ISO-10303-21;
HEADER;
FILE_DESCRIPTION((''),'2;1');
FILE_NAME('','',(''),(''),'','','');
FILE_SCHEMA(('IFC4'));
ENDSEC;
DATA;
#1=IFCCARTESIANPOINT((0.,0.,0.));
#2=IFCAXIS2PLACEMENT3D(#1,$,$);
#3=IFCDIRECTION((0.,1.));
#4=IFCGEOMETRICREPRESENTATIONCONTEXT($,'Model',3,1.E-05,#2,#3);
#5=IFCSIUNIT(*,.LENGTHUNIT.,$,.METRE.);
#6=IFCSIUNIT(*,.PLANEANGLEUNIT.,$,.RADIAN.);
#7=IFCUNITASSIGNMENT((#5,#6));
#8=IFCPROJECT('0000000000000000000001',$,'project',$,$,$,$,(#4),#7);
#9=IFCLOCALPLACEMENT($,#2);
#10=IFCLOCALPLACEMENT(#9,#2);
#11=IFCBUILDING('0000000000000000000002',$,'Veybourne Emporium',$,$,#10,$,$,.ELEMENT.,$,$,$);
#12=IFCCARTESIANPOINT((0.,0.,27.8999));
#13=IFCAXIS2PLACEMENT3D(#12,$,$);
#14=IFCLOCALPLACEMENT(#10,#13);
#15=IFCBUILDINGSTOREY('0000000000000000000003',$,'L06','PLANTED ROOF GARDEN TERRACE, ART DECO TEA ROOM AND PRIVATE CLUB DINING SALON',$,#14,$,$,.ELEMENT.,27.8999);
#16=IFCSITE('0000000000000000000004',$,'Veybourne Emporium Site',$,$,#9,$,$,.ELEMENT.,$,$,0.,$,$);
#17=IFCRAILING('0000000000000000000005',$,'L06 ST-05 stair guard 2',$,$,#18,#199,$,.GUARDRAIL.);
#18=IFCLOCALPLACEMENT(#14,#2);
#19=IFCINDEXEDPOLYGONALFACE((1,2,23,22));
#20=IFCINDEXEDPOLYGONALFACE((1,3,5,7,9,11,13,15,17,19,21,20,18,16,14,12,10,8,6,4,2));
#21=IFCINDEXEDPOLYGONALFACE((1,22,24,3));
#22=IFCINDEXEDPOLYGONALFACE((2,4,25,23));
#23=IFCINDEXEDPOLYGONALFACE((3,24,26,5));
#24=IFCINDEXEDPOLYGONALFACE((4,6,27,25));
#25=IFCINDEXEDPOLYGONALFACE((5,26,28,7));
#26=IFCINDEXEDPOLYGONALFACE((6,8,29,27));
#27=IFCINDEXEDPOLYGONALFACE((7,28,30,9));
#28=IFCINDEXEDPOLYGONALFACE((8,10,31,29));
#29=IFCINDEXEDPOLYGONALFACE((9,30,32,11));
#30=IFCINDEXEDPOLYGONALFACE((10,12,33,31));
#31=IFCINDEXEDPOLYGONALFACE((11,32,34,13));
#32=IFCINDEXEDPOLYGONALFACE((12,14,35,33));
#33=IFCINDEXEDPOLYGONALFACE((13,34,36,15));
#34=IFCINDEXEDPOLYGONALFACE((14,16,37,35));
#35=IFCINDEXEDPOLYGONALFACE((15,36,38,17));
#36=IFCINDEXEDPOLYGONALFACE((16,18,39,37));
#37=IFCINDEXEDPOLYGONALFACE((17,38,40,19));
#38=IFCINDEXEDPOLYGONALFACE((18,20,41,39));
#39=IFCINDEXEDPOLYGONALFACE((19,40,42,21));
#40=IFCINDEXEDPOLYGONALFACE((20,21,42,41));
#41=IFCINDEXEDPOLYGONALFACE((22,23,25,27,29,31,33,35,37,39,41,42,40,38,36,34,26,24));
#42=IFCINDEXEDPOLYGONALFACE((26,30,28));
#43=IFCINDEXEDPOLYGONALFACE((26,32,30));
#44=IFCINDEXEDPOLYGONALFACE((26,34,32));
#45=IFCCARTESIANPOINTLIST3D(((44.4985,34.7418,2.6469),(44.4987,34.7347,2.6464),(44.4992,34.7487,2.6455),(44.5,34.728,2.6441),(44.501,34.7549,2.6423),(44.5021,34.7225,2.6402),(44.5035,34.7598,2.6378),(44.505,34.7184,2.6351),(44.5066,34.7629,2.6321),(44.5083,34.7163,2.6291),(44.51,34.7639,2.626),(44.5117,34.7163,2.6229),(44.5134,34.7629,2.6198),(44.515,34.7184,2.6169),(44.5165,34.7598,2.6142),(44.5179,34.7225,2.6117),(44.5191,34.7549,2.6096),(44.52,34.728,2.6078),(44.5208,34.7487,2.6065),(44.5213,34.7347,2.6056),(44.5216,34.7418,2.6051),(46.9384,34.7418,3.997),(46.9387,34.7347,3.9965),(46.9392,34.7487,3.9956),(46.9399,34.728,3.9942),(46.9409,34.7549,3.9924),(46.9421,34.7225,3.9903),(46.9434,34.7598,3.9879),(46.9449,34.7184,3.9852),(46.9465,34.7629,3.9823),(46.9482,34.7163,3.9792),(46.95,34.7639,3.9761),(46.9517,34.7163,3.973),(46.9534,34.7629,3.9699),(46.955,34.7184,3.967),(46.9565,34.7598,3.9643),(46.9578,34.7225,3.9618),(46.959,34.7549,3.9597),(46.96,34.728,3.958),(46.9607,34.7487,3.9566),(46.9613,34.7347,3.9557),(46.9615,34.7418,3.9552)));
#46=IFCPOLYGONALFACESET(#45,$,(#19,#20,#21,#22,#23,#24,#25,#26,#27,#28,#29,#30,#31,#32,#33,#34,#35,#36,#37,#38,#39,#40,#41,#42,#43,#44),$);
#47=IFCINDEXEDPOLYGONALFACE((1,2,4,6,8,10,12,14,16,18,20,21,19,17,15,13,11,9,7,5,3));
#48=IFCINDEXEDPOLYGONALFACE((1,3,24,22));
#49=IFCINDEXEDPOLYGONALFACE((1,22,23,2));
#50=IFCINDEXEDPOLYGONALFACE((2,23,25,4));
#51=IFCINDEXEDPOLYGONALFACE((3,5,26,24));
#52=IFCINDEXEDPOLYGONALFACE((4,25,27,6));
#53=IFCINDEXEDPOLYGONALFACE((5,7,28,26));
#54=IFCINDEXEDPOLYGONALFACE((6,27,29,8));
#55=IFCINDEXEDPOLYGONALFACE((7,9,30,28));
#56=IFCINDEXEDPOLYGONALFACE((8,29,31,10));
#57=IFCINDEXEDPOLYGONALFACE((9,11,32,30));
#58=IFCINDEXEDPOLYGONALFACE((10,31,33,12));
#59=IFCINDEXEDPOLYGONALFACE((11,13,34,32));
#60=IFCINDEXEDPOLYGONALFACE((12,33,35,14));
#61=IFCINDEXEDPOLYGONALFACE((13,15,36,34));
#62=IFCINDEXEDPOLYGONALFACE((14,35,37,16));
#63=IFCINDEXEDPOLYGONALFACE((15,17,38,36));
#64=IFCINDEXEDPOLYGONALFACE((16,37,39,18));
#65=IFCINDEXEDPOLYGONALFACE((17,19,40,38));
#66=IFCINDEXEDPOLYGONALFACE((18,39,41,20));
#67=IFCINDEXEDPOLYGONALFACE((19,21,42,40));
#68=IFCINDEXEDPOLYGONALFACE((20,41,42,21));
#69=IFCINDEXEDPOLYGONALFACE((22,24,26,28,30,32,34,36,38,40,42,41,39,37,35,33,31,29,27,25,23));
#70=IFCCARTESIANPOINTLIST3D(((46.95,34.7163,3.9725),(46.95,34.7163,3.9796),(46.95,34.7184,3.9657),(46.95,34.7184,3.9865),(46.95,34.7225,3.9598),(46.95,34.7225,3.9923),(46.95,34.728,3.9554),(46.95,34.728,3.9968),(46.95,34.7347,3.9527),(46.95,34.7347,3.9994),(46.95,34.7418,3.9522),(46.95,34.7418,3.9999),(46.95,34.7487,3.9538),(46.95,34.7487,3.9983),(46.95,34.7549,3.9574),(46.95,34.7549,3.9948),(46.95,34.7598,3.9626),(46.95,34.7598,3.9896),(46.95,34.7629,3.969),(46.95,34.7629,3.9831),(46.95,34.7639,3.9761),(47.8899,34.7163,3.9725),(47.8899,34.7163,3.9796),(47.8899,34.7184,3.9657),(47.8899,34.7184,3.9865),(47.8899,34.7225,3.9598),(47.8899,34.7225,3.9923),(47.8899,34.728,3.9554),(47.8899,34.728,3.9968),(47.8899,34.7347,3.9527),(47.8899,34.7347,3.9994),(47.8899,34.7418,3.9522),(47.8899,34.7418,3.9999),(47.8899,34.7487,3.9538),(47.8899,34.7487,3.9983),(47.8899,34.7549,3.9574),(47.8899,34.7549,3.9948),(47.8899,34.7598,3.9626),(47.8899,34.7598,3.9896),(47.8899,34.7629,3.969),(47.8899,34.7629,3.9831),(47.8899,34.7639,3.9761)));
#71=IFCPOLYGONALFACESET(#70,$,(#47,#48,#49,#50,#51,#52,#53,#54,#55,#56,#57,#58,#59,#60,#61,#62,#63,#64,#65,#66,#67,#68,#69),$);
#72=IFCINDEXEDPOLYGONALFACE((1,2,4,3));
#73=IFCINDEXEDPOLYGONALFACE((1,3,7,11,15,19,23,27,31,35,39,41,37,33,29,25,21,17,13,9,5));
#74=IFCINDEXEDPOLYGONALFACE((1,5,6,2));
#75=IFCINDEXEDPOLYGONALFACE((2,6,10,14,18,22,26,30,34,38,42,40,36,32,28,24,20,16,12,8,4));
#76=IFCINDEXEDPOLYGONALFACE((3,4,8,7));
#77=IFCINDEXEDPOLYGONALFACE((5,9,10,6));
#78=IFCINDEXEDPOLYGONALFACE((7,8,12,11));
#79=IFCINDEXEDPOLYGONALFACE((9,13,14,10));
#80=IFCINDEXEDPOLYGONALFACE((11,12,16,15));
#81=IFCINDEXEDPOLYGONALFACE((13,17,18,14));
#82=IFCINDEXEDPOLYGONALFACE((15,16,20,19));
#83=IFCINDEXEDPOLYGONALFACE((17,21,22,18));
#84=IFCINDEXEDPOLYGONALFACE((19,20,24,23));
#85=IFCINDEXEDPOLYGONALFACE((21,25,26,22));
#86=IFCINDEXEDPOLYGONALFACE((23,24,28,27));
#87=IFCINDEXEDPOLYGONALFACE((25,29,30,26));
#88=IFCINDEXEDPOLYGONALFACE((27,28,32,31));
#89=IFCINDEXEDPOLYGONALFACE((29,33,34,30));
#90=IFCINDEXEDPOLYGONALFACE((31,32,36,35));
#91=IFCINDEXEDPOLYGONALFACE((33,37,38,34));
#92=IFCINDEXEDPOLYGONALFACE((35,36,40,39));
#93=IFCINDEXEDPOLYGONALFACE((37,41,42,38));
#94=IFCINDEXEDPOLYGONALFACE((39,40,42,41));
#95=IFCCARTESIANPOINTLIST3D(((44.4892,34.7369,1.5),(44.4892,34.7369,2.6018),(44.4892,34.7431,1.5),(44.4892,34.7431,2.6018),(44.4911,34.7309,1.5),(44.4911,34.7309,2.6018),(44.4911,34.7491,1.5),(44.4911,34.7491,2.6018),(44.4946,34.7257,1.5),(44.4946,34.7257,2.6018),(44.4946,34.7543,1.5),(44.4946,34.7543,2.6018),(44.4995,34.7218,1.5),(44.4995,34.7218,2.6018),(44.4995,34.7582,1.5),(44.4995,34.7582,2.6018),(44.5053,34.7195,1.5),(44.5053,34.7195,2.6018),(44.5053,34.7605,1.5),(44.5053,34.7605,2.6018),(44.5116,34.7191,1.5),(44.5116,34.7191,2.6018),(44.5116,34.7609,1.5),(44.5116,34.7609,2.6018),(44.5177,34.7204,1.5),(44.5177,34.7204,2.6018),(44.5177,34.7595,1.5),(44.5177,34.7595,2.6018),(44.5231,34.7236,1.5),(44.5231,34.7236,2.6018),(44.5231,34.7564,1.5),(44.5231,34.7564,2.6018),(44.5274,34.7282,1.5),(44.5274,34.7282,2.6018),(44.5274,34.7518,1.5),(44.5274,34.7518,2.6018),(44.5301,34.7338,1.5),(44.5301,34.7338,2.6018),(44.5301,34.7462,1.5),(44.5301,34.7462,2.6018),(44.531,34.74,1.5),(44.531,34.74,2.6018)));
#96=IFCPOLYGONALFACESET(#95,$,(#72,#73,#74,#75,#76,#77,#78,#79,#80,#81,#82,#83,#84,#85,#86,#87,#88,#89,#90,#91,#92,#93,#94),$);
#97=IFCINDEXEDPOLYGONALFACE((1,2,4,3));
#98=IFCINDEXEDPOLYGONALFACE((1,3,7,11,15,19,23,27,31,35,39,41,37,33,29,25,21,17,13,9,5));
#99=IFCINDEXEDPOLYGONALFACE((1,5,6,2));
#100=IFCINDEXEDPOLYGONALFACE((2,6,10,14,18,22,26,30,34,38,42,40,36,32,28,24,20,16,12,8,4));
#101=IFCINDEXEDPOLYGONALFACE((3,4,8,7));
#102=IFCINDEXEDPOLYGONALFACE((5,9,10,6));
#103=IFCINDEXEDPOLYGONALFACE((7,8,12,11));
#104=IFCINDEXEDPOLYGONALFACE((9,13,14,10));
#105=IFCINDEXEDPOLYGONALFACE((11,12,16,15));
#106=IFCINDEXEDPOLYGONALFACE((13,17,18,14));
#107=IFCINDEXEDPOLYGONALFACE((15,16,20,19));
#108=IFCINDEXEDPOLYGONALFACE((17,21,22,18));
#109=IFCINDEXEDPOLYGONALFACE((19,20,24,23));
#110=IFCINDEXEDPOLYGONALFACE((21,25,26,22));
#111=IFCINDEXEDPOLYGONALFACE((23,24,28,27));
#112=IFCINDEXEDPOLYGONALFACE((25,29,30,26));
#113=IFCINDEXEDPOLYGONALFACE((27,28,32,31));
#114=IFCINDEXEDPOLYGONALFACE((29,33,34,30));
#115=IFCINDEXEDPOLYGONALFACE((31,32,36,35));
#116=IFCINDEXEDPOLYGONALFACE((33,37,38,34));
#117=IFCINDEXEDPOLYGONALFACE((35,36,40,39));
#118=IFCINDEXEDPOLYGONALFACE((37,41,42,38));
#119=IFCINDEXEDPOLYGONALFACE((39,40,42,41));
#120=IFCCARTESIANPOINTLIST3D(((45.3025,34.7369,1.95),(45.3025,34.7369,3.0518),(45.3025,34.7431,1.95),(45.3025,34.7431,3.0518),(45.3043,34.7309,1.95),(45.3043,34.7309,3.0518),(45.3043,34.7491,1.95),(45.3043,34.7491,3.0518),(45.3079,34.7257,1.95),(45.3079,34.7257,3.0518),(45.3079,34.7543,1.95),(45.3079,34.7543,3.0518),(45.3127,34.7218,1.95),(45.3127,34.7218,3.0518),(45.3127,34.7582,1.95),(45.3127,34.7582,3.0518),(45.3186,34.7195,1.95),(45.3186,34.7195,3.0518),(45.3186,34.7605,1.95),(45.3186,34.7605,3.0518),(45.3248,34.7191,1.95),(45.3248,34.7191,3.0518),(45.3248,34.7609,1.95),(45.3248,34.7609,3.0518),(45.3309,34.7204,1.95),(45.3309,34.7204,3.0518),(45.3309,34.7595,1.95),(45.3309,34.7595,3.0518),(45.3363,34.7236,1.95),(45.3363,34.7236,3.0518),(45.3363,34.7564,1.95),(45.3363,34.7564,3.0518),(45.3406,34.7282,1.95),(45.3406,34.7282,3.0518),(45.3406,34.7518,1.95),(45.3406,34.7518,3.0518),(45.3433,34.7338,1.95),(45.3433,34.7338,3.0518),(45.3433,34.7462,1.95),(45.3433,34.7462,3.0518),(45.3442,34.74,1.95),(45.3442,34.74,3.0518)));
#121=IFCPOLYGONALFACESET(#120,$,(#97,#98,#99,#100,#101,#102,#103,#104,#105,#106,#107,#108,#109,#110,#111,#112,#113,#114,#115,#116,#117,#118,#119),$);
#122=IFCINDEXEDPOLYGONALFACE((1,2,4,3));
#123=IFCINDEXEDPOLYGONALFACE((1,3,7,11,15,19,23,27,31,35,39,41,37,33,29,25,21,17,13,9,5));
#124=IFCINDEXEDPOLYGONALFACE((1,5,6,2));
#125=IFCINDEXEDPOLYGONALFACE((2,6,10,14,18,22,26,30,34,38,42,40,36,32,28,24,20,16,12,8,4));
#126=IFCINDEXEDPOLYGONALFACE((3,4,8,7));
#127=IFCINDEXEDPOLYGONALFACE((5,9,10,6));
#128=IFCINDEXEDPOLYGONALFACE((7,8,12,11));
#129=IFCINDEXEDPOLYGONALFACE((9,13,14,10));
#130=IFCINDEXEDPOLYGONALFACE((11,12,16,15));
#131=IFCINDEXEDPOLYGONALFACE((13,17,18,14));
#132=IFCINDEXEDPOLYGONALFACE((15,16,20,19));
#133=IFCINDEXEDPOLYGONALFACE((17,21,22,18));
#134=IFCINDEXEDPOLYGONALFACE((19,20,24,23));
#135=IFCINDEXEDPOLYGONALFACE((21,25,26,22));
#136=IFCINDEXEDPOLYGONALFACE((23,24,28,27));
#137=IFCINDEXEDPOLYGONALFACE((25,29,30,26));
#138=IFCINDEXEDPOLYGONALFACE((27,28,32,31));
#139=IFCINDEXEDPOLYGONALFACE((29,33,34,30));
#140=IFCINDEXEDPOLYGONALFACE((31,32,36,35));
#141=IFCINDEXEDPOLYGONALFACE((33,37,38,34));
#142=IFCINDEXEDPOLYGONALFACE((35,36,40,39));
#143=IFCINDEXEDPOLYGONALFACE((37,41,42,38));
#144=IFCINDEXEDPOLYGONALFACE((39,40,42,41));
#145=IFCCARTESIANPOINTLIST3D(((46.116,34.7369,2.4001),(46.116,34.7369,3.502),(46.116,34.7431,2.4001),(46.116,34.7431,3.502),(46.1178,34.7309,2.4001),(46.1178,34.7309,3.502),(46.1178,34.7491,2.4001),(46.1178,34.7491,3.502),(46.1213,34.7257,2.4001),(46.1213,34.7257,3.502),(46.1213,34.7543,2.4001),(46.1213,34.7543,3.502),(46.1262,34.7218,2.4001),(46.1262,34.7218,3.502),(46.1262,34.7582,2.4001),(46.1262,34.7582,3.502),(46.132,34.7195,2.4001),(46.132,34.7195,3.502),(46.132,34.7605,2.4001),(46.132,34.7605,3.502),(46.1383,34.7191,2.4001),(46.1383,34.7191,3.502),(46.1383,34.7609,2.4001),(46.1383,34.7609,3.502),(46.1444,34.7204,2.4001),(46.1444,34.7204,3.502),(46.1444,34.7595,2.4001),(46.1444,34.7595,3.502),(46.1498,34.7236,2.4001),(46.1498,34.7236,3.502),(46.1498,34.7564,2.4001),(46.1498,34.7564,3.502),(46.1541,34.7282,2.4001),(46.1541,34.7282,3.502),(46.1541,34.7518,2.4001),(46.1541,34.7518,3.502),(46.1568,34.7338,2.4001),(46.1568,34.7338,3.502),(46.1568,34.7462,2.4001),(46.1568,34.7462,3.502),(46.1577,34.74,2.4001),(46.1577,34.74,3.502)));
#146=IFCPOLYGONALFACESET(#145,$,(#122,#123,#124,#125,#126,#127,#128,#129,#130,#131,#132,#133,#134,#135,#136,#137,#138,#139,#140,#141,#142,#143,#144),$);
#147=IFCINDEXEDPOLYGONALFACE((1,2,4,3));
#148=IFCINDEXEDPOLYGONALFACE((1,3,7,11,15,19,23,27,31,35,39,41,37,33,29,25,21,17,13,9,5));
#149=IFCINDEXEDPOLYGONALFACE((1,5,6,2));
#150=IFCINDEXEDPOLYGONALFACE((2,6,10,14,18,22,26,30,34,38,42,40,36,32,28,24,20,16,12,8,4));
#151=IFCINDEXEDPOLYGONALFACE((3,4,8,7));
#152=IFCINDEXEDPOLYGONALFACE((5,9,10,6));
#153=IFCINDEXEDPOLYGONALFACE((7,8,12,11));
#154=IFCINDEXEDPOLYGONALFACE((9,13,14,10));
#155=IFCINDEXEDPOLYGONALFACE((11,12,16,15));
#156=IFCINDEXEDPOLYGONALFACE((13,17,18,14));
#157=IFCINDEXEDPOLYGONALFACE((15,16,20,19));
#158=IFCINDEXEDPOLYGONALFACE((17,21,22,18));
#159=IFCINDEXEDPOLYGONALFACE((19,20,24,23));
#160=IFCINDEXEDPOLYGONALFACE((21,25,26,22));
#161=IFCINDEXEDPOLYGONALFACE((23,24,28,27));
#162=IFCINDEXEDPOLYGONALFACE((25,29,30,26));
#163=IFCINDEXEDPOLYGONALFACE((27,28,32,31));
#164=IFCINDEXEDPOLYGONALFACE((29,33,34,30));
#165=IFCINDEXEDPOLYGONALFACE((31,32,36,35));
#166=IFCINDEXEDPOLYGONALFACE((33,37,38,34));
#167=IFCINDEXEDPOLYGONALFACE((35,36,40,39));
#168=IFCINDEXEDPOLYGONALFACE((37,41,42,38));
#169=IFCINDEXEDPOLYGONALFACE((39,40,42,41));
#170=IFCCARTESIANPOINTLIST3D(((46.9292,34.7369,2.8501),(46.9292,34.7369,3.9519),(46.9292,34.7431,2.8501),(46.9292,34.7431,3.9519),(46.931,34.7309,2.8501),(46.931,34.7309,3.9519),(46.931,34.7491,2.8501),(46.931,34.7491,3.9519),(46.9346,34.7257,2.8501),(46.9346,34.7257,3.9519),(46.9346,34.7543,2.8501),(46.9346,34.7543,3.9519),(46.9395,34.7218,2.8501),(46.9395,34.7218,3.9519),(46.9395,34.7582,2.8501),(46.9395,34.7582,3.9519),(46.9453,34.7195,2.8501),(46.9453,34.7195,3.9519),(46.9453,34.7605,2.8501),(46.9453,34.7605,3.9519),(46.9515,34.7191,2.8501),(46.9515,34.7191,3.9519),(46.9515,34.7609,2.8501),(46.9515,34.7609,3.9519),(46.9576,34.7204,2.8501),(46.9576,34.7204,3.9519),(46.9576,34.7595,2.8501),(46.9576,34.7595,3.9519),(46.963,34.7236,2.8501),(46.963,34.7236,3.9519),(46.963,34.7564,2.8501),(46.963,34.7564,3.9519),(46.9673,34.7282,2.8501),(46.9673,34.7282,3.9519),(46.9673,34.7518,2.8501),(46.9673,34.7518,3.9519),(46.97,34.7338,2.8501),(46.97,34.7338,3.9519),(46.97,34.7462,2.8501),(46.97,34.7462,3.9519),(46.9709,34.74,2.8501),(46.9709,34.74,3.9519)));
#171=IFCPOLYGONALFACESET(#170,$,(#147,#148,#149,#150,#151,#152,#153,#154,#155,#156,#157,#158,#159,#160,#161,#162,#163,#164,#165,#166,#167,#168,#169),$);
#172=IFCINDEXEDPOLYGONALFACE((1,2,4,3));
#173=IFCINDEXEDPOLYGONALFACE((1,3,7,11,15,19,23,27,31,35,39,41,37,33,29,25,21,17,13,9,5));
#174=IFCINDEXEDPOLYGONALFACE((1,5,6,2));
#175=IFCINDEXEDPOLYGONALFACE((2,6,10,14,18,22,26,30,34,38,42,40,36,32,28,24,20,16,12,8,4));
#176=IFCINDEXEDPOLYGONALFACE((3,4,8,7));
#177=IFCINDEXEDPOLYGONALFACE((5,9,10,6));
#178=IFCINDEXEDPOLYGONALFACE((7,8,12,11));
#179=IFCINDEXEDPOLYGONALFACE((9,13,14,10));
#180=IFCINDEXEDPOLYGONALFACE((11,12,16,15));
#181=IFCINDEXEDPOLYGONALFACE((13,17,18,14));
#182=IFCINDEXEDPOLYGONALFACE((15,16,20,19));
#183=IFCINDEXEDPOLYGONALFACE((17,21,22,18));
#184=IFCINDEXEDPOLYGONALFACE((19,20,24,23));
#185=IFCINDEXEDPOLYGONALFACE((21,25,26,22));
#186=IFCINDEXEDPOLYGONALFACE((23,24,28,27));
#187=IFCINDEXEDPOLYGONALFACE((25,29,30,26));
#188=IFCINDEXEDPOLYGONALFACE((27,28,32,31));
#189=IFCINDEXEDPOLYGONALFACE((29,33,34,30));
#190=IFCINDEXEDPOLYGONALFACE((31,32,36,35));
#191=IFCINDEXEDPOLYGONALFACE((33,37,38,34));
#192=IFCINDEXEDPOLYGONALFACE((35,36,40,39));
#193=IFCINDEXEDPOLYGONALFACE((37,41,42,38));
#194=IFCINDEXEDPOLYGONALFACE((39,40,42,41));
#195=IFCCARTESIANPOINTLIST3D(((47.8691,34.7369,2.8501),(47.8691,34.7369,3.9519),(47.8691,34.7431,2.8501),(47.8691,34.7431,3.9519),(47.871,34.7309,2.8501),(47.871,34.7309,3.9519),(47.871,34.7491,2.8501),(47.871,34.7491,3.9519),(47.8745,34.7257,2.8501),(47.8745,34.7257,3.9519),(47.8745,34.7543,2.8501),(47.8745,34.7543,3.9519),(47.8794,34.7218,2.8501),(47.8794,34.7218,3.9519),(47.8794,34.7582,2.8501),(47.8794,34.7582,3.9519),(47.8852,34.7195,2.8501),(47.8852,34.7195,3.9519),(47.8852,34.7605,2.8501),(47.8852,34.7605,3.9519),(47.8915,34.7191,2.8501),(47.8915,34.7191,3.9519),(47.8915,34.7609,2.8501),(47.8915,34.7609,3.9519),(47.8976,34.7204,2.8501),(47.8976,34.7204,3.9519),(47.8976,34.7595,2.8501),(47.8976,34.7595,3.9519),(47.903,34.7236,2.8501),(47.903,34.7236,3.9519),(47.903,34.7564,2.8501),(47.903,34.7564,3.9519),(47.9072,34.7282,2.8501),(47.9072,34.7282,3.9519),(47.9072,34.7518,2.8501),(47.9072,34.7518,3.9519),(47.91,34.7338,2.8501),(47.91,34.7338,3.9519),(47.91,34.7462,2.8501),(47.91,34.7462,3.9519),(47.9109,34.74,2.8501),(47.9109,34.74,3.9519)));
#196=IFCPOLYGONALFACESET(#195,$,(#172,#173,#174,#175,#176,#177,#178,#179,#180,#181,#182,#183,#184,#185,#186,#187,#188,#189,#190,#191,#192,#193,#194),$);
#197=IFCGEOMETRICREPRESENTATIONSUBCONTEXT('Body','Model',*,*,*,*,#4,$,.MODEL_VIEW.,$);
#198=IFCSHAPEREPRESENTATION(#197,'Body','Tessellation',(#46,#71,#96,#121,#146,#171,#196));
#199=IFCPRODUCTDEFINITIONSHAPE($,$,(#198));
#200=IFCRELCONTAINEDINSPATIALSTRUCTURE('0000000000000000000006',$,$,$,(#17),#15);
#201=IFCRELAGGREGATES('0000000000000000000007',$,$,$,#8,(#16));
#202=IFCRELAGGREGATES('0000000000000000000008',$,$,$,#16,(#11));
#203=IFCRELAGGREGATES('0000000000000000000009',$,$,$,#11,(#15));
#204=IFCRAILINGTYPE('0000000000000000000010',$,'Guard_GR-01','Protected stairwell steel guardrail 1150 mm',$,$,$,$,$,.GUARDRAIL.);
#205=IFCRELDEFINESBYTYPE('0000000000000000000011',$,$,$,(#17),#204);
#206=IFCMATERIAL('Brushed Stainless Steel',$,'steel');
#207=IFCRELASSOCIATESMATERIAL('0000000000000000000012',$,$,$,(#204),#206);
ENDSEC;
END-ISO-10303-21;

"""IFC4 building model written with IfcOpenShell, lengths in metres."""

from ifc_helpers import new_model, si_unit, direction, frame, origin, origin_2d, place, context, subcontext, project, spatial, circle, extrude, material, type_object, element, save


model = new_model("IFC4")

# Units and contexts
model_context = context("Model", 3, precision=1e-05, world=origin(), true_north=direction((0.0, 1.0)))
body_context = subcontext(model_context, "Body", "Model", "MODEL_VIEW")
ifc_project = project(units=[si_unit("LENGTHUNIT", "METRE"), si_unit("PLANEANGLEUNIT", "RADIAN")], contexts=[model_context])

# Site, building, storey
site_placement = place(None, origin())
site = spatial("IfcSite", under=ifc_project, at=site_placement, Name="Veybourne Emporium Site", CompositionType="ELEMENT", RefElevation=0.0)
building_placement = place(site_placement, origin())
building = spatial("IfcBuilding", under=site, at=building_placement, Name="Veybourne Emporium", CompositionType="ELEMENT")
storey_placement = place(building_placement, frame((0.0, 0.0, 27.8999)))
storey = spatial("IfcBuildingStorey", under=building, at=storey_placement, Name="L06", Description="PLANTED ROOF GARDEN TERRACE, ART DECO TEA ROOM AND PRIVATE CLUB DINING SALON", CompositionType="ELEMENT", Elevation=27.8999)

# Railing
ifc_material_1 = material(Name="Brushed Stainless Steel", Category="steel")
railing_type_1 = type_object("IfcRailingType", Name="Guard_GR-01", Description="Protected stairwell steel guardrail 1150 mm", PredefinedType="GUARDRAIL", material=ifc_material_1)
railing_1_placement = place(storey_placement, frame((44.51, 34.74, 1.5)))
element("IfcRailing", 1, at=railing_1_placement, inside=storey, type_object=railing_type_1, Name="L06 ST-05 stair guard 2", PredefinedType="GUARDRAIL", context=body_context, shape_type="SweptSolid", body=[
    extrude(circle(Radius=0.0239, at=origin_2d()), frame((0.0, 0.0, 1.126), z_axis=(0.874982, 0.0, 0.484156), x_axis=(0.0, 1.0, 0.0)), (0.0, 0.0, 1.0), 2.7886),
    extrude(circle(Radius=0.0239, at=origin_2d()), frame((2.4399, 0.0, 2.4761), z_axis=(1.0, 0.0, 0.0), x_axis=(0.0, 1.0, 0.0)), (0.0, 0.0, 1.0), 0.9399),
    extrude(circle(Radius=0.021, at=origin_2d()), origin(), (0.0, 0.0, 1.0), 1.1018),
    extrude(circle(Radius=0.021, at=origin_2d()), frame((0.8132, 0.0, 0.45)), (0.0, 0.0, 1.0), 1.1018),
    extrude(circle(Radius=0.021, at=origin_2d()), frame((1.6267, 0.0, 0.9001)), (0.0, 0.0, 1.0), 1.1018),
    extrude(circle(Radius=0.021, at=origin_2d()), frame((2.4399, 0.0, 1.3501)), (0.0, 0.0, 1.0), 1.1018),
    extrude(circle(Radius=0.021, at=origin_2d()), frame((3.3799, 0.0, 1.3501)), (0.0, 0.0, 1.0), 1.1018),
])

save(model, "model.ifc")
